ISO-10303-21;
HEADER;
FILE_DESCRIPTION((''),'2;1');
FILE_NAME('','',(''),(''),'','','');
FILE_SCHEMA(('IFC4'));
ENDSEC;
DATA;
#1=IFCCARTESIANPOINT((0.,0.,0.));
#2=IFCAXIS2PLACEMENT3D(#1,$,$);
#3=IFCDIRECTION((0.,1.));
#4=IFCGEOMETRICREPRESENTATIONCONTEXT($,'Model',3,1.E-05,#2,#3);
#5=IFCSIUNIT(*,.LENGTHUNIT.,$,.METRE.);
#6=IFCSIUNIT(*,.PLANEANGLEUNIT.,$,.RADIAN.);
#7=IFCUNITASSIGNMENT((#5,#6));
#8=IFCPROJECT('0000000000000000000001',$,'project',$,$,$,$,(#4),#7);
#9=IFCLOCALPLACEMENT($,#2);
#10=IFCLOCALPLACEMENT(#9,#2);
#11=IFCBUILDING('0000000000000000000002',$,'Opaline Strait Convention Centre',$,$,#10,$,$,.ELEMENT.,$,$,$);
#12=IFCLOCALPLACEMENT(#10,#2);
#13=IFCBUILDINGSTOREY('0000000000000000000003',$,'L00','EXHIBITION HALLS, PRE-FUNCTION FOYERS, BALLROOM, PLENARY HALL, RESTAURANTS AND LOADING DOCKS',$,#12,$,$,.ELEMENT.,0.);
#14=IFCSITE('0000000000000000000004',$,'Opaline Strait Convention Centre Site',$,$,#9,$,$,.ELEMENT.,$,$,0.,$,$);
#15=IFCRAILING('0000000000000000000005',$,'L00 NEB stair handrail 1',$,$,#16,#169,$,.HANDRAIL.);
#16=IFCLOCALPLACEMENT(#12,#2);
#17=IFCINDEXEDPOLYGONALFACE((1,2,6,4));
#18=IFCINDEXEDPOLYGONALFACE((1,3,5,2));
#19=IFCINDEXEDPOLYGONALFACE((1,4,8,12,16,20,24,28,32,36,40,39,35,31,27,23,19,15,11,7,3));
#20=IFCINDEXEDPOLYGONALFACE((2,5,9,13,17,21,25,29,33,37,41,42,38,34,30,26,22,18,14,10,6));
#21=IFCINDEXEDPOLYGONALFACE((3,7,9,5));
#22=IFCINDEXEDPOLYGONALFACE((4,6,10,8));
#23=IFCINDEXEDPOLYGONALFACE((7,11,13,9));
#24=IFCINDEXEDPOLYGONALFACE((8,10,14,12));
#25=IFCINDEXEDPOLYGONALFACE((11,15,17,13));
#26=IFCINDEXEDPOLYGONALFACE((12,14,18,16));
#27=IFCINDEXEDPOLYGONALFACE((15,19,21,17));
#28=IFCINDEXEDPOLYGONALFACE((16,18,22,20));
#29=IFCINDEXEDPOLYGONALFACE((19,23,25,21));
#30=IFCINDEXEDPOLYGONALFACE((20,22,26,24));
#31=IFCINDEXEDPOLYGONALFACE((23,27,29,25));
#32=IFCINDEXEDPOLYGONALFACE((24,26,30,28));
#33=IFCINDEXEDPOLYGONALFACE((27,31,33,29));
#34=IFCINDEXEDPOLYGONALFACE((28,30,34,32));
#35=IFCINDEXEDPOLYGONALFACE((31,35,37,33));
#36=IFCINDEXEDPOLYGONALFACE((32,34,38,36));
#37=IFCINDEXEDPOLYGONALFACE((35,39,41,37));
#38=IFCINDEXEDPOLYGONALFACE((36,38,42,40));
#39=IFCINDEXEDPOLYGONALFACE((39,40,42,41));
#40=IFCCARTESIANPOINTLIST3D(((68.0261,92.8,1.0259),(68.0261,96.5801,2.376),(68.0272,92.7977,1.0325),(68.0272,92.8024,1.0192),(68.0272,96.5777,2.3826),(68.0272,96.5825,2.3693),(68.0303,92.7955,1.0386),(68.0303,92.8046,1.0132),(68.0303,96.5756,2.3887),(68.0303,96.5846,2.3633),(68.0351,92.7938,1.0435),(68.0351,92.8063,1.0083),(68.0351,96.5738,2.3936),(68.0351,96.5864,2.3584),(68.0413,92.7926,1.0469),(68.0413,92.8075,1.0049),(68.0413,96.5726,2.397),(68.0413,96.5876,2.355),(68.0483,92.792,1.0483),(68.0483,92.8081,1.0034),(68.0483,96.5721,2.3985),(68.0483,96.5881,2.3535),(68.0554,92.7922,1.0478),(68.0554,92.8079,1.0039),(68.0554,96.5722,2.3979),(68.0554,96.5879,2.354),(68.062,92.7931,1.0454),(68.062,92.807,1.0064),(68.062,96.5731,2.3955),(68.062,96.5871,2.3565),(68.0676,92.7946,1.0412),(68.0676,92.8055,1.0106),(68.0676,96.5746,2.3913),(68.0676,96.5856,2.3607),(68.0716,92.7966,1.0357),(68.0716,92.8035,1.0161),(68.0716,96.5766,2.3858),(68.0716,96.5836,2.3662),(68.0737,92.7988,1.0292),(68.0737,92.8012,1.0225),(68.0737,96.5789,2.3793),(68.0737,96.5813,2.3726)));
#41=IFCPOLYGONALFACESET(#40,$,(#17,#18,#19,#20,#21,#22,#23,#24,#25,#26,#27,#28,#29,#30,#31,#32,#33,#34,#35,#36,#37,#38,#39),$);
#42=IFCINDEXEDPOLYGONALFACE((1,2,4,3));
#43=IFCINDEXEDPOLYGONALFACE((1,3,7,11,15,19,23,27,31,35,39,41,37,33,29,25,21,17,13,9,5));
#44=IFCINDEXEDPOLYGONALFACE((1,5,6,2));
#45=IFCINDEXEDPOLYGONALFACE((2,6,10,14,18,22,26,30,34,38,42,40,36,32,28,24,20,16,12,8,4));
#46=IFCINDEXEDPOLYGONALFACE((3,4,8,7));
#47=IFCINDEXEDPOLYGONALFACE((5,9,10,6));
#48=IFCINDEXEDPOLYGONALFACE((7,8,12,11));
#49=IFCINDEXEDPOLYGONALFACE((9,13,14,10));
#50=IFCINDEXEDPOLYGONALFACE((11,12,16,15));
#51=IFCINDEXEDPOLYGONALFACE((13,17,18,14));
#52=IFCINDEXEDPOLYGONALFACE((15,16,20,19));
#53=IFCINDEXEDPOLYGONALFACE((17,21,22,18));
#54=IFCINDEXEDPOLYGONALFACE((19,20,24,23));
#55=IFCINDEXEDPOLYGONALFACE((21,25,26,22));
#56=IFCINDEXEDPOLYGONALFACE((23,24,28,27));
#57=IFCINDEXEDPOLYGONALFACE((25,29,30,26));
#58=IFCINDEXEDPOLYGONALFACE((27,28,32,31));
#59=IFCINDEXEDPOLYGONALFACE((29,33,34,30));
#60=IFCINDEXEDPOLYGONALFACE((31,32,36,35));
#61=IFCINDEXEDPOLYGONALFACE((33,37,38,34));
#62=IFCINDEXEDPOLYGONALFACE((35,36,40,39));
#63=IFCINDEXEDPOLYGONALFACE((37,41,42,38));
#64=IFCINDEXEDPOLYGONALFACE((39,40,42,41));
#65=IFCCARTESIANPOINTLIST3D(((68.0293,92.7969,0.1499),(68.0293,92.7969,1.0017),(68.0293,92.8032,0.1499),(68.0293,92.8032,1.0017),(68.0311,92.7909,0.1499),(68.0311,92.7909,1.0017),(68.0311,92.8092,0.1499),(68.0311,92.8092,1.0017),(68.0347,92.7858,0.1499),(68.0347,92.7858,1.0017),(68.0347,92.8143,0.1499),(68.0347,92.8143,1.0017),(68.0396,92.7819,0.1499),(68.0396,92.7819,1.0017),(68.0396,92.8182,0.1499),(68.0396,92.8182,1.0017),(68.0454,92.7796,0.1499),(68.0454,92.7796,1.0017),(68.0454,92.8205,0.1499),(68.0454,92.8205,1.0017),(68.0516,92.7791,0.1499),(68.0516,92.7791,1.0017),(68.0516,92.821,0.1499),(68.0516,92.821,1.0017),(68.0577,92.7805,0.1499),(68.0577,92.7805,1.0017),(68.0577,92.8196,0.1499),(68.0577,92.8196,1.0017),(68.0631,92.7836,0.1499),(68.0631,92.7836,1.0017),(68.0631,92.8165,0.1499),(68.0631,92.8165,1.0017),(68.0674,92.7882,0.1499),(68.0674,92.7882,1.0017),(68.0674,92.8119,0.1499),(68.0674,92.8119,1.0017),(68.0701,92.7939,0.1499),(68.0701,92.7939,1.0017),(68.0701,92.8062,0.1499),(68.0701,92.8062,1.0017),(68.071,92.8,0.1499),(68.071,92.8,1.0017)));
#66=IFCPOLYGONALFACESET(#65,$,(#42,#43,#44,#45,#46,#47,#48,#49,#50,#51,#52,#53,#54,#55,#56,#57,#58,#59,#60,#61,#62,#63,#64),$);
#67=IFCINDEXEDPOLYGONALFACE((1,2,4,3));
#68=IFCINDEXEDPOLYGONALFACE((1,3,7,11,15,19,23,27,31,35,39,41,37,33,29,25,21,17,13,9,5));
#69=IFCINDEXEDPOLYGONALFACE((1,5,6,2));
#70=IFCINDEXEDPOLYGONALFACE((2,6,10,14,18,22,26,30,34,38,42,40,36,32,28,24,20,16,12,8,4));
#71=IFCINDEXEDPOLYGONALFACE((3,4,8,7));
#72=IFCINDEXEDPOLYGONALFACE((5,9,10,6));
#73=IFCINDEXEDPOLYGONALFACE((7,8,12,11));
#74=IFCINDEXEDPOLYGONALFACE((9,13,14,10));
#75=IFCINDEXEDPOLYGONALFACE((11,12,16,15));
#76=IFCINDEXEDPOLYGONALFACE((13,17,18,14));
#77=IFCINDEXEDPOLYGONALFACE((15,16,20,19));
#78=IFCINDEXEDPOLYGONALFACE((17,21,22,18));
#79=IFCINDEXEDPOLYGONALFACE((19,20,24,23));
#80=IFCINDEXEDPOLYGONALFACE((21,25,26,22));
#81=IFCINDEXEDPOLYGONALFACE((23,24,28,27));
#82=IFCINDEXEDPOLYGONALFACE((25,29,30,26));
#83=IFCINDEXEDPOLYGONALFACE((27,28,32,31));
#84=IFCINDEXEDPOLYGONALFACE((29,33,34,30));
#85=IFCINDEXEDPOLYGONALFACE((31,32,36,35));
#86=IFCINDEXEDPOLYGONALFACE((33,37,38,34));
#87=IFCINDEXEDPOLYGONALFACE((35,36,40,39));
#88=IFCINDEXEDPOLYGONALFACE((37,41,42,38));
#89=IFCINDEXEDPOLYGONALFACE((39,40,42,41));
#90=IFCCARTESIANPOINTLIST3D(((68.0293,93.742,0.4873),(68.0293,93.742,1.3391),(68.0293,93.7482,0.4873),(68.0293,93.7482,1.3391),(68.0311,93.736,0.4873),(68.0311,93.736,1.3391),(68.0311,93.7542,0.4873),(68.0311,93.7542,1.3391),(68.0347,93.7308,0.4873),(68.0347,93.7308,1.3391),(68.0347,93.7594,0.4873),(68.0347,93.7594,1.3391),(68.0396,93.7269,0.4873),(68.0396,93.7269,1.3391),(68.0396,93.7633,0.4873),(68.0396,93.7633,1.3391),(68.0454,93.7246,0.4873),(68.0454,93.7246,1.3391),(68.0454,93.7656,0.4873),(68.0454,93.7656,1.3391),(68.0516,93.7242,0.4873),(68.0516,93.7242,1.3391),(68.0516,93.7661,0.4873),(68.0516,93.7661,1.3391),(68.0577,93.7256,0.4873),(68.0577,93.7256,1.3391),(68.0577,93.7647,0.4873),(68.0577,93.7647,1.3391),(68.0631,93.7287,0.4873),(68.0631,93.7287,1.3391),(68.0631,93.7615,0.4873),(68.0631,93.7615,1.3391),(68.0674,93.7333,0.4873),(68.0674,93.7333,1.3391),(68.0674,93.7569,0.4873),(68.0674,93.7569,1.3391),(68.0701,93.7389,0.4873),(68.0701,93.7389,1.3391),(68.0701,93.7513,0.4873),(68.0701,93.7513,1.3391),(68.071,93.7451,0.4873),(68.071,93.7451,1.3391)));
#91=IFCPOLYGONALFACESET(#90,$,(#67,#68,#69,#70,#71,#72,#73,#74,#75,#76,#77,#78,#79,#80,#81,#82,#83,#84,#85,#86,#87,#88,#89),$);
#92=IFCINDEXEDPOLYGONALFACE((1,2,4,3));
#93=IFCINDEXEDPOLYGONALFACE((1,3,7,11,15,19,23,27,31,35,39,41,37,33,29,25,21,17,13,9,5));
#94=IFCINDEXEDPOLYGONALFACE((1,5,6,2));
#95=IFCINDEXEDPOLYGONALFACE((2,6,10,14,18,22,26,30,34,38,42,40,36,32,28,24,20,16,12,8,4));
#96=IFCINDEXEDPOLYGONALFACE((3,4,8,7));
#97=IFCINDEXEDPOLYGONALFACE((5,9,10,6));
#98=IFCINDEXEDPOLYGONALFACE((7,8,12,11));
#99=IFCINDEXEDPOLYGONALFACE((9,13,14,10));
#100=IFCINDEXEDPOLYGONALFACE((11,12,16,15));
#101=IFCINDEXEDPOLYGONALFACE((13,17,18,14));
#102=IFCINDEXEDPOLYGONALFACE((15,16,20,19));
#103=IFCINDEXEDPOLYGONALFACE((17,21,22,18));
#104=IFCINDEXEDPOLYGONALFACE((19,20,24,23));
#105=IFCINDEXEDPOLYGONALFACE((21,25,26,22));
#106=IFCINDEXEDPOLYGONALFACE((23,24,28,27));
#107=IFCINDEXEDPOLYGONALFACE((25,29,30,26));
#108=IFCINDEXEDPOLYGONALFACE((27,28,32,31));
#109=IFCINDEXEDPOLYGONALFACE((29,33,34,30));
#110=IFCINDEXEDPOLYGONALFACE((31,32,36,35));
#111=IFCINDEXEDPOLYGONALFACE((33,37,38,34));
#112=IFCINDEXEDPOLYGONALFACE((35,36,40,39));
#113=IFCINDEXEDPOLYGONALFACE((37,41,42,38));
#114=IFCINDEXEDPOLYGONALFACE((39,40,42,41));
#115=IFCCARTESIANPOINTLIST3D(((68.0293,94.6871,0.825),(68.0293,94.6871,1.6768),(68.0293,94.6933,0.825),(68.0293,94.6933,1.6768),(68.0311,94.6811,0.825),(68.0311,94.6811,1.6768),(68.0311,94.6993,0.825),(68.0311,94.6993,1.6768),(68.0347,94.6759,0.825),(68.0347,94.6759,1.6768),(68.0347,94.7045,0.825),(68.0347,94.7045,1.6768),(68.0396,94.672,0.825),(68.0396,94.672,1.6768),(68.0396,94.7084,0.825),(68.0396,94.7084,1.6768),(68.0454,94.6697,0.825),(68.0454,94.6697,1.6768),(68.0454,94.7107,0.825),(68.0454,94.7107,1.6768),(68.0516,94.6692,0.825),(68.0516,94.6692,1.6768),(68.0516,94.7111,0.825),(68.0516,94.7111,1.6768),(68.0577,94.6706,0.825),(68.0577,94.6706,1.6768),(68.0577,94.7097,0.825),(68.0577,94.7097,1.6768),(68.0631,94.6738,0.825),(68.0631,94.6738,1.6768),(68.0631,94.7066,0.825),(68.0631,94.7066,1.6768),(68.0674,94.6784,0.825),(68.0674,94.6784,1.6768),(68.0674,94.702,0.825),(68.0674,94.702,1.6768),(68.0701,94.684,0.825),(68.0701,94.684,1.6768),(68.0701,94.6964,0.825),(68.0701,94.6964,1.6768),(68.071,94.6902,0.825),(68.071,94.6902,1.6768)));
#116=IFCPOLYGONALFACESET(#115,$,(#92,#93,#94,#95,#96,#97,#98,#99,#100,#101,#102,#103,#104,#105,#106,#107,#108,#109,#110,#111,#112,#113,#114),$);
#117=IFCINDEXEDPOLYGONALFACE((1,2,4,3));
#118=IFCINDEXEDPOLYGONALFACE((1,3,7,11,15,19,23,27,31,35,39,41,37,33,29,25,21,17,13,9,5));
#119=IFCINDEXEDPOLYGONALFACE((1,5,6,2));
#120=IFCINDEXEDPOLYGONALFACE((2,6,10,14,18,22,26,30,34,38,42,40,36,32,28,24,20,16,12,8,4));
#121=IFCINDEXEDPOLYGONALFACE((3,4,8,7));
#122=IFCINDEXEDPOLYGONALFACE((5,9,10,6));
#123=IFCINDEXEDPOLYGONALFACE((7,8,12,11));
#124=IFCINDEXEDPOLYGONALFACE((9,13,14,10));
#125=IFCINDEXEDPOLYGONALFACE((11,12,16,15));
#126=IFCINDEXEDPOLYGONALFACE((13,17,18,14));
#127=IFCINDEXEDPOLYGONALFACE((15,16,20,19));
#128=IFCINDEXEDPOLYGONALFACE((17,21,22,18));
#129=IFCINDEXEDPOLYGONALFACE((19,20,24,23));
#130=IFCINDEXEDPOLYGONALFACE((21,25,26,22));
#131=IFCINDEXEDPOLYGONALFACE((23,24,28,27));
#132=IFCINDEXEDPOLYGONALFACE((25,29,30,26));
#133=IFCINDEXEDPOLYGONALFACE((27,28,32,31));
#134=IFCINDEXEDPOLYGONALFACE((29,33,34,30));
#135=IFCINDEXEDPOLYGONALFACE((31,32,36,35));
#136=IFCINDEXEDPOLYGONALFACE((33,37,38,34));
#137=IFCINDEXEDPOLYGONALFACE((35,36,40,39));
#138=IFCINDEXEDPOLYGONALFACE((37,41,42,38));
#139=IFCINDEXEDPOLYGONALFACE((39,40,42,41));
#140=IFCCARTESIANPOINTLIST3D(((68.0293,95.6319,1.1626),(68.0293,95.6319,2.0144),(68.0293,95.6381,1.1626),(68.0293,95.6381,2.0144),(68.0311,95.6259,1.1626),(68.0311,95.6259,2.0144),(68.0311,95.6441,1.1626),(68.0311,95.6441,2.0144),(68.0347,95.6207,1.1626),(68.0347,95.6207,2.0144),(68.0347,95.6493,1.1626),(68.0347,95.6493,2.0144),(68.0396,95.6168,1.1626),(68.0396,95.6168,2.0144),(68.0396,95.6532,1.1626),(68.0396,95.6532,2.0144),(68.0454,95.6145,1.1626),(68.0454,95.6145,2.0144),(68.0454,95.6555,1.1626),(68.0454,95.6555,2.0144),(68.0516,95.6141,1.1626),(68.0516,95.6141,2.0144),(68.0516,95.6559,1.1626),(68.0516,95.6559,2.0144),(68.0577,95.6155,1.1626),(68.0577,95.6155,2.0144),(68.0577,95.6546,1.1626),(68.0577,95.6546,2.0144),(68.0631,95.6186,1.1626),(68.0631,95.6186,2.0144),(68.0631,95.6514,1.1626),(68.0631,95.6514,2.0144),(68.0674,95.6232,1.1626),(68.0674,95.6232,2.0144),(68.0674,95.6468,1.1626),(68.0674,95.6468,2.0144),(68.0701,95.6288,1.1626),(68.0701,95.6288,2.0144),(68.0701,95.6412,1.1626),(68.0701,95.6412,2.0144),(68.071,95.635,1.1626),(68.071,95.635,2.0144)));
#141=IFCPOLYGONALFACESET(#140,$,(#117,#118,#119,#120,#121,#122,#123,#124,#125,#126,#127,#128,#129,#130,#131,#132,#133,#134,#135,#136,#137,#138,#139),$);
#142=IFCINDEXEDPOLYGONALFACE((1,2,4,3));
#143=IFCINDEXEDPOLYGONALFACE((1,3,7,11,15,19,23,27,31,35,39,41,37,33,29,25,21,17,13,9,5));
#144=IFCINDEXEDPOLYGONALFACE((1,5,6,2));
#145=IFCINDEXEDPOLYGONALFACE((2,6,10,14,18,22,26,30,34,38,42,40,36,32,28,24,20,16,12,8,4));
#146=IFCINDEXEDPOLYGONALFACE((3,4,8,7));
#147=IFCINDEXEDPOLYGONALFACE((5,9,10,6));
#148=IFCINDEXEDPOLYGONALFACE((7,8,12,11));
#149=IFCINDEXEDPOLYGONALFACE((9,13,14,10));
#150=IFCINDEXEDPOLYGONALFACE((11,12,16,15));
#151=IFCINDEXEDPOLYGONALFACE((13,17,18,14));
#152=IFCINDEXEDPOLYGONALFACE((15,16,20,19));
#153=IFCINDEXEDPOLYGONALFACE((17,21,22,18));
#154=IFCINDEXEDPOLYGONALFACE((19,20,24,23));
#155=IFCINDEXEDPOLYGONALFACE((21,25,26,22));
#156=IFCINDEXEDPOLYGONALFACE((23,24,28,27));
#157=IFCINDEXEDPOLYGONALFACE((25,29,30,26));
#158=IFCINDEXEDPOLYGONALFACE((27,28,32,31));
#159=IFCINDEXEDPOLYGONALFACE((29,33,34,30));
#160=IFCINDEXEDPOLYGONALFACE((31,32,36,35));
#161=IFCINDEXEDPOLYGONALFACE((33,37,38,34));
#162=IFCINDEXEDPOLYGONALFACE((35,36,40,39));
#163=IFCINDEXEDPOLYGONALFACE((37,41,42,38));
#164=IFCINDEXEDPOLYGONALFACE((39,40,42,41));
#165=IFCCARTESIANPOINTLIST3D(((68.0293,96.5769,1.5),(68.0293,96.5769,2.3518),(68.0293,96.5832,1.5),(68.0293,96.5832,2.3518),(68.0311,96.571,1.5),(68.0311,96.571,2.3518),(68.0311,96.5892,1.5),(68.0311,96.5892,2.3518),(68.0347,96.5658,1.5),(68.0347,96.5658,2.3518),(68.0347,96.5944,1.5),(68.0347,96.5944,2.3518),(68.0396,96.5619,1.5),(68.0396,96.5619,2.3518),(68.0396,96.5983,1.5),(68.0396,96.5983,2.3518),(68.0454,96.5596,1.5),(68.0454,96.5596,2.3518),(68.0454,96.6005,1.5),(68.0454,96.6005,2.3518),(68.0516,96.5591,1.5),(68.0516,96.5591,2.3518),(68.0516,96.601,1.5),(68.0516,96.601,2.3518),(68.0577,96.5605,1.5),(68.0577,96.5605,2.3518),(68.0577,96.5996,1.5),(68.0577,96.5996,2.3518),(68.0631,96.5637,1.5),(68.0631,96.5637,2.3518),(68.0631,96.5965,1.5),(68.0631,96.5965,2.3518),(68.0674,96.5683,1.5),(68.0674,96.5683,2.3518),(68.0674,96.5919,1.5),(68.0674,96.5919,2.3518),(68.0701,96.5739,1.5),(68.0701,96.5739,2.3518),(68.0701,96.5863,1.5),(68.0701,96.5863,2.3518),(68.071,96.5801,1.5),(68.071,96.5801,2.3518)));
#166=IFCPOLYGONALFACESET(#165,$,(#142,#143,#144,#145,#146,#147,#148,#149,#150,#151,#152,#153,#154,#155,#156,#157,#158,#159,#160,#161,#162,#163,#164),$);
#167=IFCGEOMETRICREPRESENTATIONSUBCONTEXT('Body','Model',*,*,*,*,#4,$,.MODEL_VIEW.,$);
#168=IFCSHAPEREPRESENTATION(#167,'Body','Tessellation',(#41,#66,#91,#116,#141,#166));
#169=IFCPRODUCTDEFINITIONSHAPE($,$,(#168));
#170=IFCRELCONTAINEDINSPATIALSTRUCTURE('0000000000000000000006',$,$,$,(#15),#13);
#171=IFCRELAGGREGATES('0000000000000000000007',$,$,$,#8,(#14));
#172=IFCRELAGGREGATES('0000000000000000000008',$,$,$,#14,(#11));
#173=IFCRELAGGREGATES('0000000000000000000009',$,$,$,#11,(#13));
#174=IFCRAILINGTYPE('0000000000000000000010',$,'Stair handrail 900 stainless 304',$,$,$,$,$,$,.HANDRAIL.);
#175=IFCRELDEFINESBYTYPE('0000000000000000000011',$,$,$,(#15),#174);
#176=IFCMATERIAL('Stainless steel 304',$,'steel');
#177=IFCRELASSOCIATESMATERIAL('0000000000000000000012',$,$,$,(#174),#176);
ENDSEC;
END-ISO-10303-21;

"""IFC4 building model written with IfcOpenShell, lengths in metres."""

from ifc_helpers import new_model, si_unit, direction, frame, origin, origin_2d, place, context, subcontext, project, spatial, circle, extrude, material, type_object, element, save


model = new_model("IFC4")

# Units and contexts
model_context = context("Model", 3, precision=1e-05, world=origin(), true_north=direction((0.0, 1.0)))
body_context = subcontext(model_context, "Body", "Model", "MODEL_VIEW")
ifc_project = project(units=[si_unit("LENGTHUNIT", "METRE"), si_unit("PLANEANGLEUNIT", "RADIAN")], contexts=[model_context])

# Site, building, storey
site_placement = place(None, origin())
site = spatial("IfcSite", under=ifc_project, at=site_placement, Name="Opaline Strait Convention Centre Site", CompositionType="ELEMENT", RefElevation=0.0)
building_placement = place(site_placement, origin())
building = spatial("IfcBuilding", under=site, at=building_placement, Name="Opaline Strait Convention Centre", CompositionType="ELEMENT")
storey_placement = place(building_placement, origin())
storey = spatial("IfcBuildingStorey", under=building, at=storey_placement, Name="L00", Description="EXHIBITION HALLS, PRE-FUNCTION FOYERS, BALLROOM, PLENARY HALL, RESTAURANTS AND LOADING DOCKS", CompositionType="ELEMENT", Elevation=0.0)

# Railing
ifc_material_1 = material(Name="Stainless steel 304", Category="steel")
railing_type_1 = type_object("IfcRailingType", Name="Stair handrail 900 stainless 304", PredefinedType="HANDRAIL", material=ifc_material_1)
for number, where, name in (
    (1, (68.05, 92.8, 0.1499), "L00 NEB stair handrail 1"),
):
    element("IfcRailing", number, at=place(storey_placement, frame(where)), inside=storey, type_object=railing_type_1, Name=name, PredefinedType="HANDRAIL", context=body_context, shape_type="SweptSolid", body=[
        extrude(circle(Radius=0.0239, at=origin_2d()), frame((0.0, 0.0, 0.876), z_axis=(0.0, 0.941735, 0.336356), x_axis=(-1.0, 0.0, 0.0)), (0.0, 0.0, 1.0), 4.0139),
        extrude(circle(Radius=0.021, at=origin_2d()), origin(), (0.0, 0.0, 1.0), 0.8518),
        extrude(circle(Radius=0.021, at=origin_2d()), frame((0.0, 0.9451, 0.3374)), (0.0, 0.0, 1.0), 0.8518),
        extrude(circle(Radius=0.021, at=origin_2d()), frame((0.0, 1.8901, 0.675)), (0.0, 0.0, 1.0), 0.8518),
        extrude(circle(Radius=0.021, at=origin_2d()), frame((0.0, 2.835, 1.0127)), (0.0, 0.0, 1.0), 0.8518),
        extrude(circle(Radius=0.021, at=origin_2d()), frame((0.0, 3.78, 1.3501)), (0.0, 0.0, 1.0), 0.8518),
    ])

save(model, "model.ifc")
